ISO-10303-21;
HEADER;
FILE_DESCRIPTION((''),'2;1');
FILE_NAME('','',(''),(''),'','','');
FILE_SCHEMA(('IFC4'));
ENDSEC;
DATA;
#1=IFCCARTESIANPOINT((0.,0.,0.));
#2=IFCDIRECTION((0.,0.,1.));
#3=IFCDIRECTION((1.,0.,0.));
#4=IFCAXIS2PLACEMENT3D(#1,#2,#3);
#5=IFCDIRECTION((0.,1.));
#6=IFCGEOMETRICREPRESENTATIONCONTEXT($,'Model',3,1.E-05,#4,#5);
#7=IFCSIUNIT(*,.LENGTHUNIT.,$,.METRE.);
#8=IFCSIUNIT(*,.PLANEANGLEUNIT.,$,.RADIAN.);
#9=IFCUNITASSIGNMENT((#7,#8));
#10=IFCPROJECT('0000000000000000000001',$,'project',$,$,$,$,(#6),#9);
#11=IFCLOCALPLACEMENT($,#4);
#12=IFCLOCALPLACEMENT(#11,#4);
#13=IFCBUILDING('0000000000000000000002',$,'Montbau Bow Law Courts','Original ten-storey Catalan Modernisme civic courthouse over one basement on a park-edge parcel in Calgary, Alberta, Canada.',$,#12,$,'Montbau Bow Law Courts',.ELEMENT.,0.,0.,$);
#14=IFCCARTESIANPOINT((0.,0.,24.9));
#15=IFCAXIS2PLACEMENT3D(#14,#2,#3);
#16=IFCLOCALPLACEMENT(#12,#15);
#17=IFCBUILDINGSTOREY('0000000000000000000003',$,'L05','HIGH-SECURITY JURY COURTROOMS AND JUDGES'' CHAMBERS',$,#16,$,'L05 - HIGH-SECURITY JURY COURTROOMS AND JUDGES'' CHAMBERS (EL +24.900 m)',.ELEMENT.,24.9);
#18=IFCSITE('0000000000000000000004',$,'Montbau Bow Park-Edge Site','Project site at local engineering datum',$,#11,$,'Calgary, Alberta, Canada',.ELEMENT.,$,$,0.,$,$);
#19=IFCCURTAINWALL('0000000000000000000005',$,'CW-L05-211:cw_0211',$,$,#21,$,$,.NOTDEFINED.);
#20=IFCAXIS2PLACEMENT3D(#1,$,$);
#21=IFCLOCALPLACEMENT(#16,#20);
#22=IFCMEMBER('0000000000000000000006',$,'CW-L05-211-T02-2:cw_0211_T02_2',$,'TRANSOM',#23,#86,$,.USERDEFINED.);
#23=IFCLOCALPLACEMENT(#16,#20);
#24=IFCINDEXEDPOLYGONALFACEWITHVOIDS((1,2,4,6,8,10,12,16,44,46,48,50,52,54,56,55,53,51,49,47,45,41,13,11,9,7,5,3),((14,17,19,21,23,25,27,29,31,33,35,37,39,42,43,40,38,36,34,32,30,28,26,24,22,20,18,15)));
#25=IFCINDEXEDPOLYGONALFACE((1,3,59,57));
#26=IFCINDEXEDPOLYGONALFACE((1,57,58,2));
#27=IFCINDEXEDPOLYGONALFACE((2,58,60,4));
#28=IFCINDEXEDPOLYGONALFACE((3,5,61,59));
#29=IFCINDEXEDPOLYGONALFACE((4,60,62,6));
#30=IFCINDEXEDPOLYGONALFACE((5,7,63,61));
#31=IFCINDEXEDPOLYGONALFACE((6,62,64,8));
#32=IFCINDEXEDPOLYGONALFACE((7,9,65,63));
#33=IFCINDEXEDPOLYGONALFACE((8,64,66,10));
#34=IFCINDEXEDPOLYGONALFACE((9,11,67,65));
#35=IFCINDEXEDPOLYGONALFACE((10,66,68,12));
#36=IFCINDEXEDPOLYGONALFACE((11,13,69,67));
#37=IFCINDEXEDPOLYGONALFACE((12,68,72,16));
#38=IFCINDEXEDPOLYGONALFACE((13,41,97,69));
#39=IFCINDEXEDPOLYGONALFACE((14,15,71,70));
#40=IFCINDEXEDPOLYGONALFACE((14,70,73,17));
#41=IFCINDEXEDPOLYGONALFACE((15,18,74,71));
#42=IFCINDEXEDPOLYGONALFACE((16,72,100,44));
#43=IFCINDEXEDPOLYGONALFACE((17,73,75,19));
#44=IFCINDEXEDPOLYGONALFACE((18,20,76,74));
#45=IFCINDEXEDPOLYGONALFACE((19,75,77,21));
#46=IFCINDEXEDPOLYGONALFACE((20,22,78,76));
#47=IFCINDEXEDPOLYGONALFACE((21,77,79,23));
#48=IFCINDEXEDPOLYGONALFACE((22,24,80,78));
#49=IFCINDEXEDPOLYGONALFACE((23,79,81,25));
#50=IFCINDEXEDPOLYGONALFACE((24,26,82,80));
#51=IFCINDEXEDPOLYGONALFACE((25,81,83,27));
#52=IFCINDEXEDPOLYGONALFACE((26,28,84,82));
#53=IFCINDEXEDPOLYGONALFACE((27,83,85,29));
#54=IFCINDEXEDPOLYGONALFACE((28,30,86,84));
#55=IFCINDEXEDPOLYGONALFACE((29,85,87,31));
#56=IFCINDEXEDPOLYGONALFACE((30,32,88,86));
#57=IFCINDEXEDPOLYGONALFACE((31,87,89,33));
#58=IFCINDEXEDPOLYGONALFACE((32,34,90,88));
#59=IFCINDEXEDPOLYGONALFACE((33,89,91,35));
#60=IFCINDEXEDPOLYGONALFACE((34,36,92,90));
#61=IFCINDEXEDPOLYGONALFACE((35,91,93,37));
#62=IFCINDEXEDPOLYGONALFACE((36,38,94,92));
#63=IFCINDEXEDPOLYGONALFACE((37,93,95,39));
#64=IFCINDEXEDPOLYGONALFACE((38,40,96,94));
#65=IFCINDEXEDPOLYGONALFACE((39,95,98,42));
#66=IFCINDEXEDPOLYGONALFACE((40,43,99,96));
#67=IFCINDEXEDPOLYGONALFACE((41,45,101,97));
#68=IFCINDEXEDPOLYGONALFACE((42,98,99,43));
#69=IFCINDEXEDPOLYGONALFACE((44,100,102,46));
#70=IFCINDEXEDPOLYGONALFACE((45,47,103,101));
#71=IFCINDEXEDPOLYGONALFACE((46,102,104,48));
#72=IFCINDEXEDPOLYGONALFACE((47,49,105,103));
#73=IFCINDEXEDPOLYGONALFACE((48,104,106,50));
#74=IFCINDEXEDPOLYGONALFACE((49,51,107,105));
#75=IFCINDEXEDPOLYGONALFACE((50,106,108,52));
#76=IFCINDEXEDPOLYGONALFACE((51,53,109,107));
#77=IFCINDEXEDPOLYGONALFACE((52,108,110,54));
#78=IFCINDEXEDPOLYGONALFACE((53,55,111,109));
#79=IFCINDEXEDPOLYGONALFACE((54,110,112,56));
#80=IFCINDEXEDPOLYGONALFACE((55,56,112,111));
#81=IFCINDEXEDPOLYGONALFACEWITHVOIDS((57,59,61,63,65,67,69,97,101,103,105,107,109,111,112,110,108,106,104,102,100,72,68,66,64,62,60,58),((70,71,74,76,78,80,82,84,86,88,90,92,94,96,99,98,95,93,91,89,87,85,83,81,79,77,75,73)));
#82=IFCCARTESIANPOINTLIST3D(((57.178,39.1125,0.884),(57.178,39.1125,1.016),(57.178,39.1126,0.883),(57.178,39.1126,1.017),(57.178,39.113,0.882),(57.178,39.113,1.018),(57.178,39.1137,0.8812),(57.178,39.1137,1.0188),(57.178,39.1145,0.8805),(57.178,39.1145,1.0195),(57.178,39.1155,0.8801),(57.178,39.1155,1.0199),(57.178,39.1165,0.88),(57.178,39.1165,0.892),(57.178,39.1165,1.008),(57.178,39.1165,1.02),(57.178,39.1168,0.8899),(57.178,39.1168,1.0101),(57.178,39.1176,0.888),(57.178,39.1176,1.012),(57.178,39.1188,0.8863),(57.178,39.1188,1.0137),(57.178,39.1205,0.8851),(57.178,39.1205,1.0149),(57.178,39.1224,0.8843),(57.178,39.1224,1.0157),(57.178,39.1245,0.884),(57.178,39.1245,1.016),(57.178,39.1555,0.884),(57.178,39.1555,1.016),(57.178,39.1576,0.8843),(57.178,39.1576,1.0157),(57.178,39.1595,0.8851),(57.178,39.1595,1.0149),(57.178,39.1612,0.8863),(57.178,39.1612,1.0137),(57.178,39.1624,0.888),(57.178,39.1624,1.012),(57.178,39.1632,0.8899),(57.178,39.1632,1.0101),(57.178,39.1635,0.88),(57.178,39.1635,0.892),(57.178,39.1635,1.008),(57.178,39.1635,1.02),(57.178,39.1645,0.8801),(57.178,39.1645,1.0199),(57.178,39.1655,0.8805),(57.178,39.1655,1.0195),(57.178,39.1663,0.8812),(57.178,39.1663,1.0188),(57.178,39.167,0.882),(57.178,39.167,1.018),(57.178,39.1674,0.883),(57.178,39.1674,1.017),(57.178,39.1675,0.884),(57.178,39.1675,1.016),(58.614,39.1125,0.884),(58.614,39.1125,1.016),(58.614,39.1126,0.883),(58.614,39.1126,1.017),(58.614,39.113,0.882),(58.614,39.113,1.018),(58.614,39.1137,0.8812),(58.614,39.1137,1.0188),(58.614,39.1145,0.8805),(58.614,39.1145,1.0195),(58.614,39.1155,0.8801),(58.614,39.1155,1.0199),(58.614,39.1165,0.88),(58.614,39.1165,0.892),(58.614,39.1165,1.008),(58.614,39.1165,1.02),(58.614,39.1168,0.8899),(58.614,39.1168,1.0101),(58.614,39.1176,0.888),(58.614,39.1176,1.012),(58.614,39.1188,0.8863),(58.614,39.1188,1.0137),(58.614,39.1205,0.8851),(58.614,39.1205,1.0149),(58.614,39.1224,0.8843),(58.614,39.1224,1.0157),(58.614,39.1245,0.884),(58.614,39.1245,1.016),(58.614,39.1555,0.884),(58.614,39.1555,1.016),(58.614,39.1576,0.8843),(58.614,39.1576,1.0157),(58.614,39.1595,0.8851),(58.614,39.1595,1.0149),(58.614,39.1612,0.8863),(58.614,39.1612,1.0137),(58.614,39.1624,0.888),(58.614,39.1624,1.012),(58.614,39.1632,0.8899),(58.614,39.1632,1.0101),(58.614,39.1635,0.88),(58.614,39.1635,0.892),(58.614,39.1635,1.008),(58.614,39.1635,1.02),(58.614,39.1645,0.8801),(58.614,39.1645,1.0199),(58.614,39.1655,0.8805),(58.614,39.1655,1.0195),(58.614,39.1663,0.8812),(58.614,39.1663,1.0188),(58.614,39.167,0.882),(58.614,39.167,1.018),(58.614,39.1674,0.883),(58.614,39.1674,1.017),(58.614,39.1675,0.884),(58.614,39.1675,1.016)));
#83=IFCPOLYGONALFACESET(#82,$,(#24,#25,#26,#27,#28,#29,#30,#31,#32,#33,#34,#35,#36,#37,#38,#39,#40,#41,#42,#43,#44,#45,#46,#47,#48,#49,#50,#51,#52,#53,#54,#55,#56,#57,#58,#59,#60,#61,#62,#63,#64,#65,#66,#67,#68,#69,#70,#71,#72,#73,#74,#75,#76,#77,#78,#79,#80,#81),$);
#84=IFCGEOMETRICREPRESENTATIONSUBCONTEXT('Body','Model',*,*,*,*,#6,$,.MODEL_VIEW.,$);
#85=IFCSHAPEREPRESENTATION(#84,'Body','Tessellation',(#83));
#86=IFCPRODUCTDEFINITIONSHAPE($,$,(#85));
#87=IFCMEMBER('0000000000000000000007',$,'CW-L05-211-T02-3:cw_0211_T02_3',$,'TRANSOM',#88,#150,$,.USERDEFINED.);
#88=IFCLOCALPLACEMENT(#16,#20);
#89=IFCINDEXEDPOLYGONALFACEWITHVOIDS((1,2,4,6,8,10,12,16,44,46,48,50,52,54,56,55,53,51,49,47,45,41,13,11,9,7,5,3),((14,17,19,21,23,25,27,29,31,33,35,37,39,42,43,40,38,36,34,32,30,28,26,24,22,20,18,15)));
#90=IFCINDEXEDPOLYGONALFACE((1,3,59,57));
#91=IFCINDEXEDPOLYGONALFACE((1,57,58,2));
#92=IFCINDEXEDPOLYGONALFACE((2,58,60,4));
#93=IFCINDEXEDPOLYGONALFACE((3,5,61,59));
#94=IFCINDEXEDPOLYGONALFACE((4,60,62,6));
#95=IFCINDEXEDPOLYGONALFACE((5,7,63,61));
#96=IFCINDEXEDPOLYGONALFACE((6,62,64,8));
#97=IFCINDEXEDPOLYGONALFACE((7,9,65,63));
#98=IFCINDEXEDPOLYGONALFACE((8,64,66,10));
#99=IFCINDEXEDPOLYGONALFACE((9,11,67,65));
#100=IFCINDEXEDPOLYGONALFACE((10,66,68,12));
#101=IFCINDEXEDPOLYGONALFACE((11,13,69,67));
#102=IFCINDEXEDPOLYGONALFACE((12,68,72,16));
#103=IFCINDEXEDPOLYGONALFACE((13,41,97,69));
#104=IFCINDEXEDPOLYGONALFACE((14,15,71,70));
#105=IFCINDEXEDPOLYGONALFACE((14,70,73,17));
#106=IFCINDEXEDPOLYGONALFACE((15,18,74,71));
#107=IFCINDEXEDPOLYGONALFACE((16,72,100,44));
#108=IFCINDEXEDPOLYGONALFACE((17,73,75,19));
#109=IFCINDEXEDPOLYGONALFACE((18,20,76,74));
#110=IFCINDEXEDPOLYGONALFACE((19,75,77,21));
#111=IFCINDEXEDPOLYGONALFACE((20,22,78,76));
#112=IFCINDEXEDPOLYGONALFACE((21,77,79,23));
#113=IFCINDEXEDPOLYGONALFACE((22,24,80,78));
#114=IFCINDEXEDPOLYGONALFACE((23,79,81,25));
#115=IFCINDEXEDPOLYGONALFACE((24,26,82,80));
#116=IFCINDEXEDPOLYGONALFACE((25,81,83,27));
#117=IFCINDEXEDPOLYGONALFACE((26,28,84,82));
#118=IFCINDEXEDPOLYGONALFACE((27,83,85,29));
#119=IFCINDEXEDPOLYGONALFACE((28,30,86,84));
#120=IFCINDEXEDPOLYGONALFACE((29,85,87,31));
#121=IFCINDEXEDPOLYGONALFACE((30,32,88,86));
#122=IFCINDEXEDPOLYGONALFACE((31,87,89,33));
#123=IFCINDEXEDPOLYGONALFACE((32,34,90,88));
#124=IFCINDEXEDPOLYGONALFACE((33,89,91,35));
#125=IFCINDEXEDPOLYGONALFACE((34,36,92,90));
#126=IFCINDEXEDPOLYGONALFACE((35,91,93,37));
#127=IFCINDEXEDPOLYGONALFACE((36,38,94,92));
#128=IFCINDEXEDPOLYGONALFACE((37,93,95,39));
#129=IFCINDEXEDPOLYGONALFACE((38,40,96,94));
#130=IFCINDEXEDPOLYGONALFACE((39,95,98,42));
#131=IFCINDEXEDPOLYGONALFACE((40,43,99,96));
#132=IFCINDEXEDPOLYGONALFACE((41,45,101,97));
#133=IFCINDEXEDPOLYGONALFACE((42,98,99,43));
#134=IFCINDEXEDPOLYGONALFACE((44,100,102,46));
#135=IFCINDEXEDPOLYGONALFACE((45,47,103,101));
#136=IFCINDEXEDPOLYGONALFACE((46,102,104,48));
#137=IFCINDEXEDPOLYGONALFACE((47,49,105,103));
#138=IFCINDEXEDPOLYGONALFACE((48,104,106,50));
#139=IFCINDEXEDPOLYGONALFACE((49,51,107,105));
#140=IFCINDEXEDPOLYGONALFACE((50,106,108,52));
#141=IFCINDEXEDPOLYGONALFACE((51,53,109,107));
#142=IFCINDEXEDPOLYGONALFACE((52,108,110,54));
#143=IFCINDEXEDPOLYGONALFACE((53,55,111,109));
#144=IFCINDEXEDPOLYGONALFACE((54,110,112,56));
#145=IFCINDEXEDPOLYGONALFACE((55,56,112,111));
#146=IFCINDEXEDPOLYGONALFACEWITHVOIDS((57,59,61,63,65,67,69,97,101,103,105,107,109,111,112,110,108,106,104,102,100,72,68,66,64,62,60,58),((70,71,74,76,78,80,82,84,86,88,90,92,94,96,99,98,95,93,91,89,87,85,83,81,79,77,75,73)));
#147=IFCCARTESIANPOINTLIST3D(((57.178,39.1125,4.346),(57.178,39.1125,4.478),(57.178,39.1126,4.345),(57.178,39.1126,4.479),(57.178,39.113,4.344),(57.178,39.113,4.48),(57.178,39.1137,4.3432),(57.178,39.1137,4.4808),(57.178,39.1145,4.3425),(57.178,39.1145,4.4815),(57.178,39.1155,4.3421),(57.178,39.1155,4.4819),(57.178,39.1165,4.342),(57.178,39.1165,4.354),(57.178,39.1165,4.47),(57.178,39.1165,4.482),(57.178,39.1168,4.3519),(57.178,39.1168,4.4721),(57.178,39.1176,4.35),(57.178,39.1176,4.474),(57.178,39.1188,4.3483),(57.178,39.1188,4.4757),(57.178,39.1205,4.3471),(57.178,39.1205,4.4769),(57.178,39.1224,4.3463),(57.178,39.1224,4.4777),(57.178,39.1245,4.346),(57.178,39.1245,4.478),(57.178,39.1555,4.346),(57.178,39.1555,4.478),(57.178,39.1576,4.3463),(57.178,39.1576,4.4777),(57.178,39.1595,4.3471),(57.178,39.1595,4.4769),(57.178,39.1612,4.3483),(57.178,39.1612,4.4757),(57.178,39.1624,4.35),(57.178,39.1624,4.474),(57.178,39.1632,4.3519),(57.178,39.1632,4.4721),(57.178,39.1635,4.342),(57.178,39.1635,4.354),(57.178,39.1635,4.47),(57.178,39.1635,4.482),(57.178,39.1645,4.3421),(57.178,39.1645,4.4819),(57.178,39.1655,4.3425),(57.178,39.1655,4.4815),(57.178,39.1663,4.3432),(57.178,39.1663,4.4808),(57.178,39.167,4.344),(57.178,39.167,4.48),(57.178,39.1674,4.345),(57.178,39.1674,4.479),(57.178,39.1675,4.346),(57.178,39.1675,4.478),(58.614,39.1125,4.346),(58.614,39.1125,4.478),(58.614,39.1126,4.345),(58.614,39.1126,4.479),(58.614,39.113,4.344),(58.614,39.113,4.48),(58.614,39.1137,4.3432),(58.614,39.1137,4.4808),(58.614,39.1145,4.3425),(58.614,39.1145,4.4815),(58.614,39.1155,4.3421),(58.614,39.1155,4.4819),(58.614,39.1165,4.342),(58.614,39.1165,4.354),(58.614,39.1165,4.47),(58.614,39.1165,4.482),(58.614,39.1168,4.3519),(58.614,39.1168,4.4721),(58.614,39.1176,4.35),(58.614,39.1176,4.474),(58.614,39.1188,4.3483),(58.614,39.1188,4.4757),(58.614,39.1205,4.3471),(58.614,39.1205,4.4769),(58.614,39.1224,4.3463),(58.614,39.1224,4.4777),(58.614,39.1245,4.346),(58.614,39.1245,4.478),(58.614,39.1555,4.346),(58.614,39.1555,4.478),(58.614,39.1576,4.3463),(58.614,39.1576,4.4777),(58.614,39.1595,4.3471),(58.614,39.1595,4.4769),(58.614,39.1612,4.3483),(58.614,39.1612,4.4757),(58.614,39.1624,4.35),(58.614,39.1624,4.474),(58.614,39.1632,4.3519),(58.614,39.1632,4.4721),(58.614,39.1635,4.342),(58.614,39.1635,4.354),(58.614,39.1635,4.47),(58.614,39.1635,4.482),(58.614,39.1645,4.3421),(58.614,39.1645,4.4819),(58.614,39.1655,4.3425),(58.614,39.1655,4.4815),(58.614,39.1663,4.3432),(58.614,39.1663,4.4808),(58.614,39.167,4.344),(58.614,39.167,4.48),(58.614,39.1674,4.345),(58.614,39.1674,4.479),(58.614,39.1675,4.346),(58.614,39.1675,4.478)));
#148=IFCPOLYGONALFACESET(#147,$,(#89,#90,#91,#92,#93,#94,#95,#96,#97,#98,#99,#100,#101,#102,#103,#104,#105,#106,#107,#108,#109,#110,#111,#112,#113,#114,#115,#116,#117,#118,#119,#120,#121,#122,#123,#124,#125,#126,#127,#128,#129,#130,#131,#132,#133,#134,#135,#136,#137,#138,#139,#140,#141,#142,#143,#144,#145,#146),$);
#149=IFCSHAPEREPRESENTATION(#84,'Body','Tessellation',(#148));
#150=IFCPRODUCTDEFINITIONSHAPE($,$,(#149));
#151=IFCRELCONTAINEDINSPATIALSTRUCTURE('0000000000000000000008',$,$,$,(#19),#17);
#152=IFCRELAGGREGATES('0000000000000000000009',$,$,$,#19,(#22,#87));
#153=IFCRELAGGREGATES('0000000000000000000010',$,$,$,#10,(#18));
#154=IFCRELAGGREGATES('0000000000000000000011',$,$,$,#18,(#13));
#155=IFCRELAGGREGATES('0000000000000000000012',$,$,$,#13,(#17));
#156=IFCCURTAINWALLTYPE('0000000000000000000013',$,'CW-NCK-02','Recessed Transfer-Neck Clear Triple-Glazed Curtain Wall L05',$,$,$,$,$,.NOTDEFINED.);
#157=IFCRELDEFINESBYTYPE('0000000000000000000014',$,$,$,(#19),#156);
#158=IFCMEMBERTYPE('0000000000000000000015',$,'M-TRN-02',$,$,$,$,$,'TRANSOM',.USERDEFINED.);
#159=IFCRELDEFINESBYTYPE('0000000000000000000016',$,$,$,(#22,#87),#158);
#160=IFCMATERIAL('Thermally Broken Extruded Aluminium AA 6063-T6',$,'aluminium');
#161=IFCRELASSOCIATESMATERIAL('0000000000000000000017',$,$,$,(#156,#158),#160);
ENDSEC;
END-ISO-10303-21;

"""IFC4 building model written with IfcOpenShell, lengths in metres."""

from ifc_helpers import new_model, si_unit, direction, frame, origin_with_axes, origin_2d_with_axis, place, context, subcontext, project, spatial, hollow_rectangle, extrude, material, material_profile, profile_set, type_object, element, aggregate, save


model = new_model("IFC4")

# Units and contexts
model_context = context("Model", 3, precision=1e-05, world=origin_with_axes(), true_north=direction((0.0, 1.0)))
body_context = subcontext(model_context, "Body", "Model", "MODEL_VIEW")
ifc_project = project(units=[si_unit("LENGTHUNIT", "METRE"), si_unit("PLANEANGLEUNIT", "RADIAN")], contexts=[model_context])

# Site, building, storey
site_placement = place(None, origin_with_axes())
site = spatial("IfcSite", under=ifc_project, at=site_placement, Name="Montbau Bow Park-Edge Site", Description="Project site at local engineering datum", LongName="Calgary, Alberta, Canada", CompositionType="ELEMENT", RefElevation=0.0)
building_placement = place(site_placement, origin_with_axes())
building = spatial("IfcBuilding", under=site, at=building_placement, Name="Montbau Bow Law Courts", Description="Original ten-storey Catalan Modernisme civic courthouse over one basement on a park-edge parcel in Calgary, Alberta, Canada.", LongName="Montbau Bow Law Courts", CompositionType="ELEMENT", ElevationOfRefHeight=0.0, ElevationOfTerrain=0.0)
storey_placement = place(building_placement, frame((0.0, 0.0, 24.9), z_axis=(0.0, 0.0, 1.0), x_axis=(1.0, 0.0, 0.0)))
storey = spatial("IfcBuildingStorey", under=building, at=storey_placement, Name="L05", Description="HIGH-SECURITY JURY COURTROOMS AND JUDGES' CHAMBERS", LongName="L05 - HIGH-SECURITY JURY COURTROOMS AND JUDGES' CHAMBERS (EL +24.900 m)", CompositionType="ELEMENT", Elevation=24.9)

# Curtain wall, members
ifc_material_1 = material(Name="Thermally Broken Extruded Aluminium AA 6063-T6", Category="aluminium")
curtain_wall_type = type_object("IfcCurtainWallType", Name="CW-NCK-02", Description="Recessed Transfer-Neck Clear Triple-Glazed Curtain Wall L05", PredefinedType="NOTDEFINED", material=ifc_material_1)
curtain_wall_placement = place(None, frame((55.64, 39.14, 24.9), z_axis=(0.0, 0.0, 1.0), x_axis=(1.0, 0.0, 0.0)))
curtain_wall = element("IfcCurtainWall", 1, at=curtain_wall_placement, inside=storey, type_object=curtain_wall_type, Name="CW-L05-211:cw_0211", PredefinedType="NOTDEFINED")
ifc_material_profile_1 = material_profile(ifc_material_1, hollow_rectangle(XDim=0.055, YDim=0.14, WallThickness=0.004, InnerFilletRadius=0.008, OuterFilletRadius=0.004, at=origin_2d_with_axis()), Name="CWT-140X55", Category="Main", Priority=0)
ifc_profile_set_1 = profile_set([ifc_material_profile_1], Name="Thermally Broken Extruded Aluminium AA 6063-T6")
member_type_1 = type_object("IfcMemberType", Name="M-TRN-02", ElementType="TRANSOM", PredefinedType="USERDEFINED", material=ifc_profile_set_1)
member_1_placement = place(None, frame((57.178, 39.14, 25.85), z_axis=(1.0, 0.0, 0.0), x_axis=(0.0, 1.0, 0.0)))
member_1 = element("IfcMember", 2, at=member_1_placement, type_object=member_type_1, Name="CW-L05-211-T02-2:cw_0211_T02_2", ObjectType="TRANSOM", PredefinedType="USERDEFINED", context=body_context, shape_type="SweptSolid", body=[
    extrude(hollow_rectangle(XDim=0.055, YDim=0.14, WallThickness=0.004, InnerFilletRadius=0.008, OuterFilletRadius=0.004, at=origin_2d_with_axis()), origin_with_axes(), (0.0, 0.0, 1.0), 1.436),
])
member_2_placement = place(None, frame((57.178, 39.14, 29.312), z_axis=(1.0, 0.0, 0.0), x_axis=(0.0, 1.0, 0.0)))
member_2 = element("IfcMember", 3, at=member_2_placement, type_object=member_type_1, Name="CW-L05-211-T02-3:cw_0211_T02_3", ObjectType="TRANSOM", PredefinedType="USERDEFINED", context=body_context, shape_type="SweptSolid", body=[
    extrude(hollow_rectangle(XDim=0.055, YDim=0.14, WallThickness=0.004, InnerFilletRadius=0.008, OuterFilletRadius=0.004, at=origin_2d_with_axis()), origin_with_axes(), (0.0, 0.0, 1.0), 1.436),
])
aggregate(curtain_wall, [member_1, member_2])

save(model, "model.ifc")
